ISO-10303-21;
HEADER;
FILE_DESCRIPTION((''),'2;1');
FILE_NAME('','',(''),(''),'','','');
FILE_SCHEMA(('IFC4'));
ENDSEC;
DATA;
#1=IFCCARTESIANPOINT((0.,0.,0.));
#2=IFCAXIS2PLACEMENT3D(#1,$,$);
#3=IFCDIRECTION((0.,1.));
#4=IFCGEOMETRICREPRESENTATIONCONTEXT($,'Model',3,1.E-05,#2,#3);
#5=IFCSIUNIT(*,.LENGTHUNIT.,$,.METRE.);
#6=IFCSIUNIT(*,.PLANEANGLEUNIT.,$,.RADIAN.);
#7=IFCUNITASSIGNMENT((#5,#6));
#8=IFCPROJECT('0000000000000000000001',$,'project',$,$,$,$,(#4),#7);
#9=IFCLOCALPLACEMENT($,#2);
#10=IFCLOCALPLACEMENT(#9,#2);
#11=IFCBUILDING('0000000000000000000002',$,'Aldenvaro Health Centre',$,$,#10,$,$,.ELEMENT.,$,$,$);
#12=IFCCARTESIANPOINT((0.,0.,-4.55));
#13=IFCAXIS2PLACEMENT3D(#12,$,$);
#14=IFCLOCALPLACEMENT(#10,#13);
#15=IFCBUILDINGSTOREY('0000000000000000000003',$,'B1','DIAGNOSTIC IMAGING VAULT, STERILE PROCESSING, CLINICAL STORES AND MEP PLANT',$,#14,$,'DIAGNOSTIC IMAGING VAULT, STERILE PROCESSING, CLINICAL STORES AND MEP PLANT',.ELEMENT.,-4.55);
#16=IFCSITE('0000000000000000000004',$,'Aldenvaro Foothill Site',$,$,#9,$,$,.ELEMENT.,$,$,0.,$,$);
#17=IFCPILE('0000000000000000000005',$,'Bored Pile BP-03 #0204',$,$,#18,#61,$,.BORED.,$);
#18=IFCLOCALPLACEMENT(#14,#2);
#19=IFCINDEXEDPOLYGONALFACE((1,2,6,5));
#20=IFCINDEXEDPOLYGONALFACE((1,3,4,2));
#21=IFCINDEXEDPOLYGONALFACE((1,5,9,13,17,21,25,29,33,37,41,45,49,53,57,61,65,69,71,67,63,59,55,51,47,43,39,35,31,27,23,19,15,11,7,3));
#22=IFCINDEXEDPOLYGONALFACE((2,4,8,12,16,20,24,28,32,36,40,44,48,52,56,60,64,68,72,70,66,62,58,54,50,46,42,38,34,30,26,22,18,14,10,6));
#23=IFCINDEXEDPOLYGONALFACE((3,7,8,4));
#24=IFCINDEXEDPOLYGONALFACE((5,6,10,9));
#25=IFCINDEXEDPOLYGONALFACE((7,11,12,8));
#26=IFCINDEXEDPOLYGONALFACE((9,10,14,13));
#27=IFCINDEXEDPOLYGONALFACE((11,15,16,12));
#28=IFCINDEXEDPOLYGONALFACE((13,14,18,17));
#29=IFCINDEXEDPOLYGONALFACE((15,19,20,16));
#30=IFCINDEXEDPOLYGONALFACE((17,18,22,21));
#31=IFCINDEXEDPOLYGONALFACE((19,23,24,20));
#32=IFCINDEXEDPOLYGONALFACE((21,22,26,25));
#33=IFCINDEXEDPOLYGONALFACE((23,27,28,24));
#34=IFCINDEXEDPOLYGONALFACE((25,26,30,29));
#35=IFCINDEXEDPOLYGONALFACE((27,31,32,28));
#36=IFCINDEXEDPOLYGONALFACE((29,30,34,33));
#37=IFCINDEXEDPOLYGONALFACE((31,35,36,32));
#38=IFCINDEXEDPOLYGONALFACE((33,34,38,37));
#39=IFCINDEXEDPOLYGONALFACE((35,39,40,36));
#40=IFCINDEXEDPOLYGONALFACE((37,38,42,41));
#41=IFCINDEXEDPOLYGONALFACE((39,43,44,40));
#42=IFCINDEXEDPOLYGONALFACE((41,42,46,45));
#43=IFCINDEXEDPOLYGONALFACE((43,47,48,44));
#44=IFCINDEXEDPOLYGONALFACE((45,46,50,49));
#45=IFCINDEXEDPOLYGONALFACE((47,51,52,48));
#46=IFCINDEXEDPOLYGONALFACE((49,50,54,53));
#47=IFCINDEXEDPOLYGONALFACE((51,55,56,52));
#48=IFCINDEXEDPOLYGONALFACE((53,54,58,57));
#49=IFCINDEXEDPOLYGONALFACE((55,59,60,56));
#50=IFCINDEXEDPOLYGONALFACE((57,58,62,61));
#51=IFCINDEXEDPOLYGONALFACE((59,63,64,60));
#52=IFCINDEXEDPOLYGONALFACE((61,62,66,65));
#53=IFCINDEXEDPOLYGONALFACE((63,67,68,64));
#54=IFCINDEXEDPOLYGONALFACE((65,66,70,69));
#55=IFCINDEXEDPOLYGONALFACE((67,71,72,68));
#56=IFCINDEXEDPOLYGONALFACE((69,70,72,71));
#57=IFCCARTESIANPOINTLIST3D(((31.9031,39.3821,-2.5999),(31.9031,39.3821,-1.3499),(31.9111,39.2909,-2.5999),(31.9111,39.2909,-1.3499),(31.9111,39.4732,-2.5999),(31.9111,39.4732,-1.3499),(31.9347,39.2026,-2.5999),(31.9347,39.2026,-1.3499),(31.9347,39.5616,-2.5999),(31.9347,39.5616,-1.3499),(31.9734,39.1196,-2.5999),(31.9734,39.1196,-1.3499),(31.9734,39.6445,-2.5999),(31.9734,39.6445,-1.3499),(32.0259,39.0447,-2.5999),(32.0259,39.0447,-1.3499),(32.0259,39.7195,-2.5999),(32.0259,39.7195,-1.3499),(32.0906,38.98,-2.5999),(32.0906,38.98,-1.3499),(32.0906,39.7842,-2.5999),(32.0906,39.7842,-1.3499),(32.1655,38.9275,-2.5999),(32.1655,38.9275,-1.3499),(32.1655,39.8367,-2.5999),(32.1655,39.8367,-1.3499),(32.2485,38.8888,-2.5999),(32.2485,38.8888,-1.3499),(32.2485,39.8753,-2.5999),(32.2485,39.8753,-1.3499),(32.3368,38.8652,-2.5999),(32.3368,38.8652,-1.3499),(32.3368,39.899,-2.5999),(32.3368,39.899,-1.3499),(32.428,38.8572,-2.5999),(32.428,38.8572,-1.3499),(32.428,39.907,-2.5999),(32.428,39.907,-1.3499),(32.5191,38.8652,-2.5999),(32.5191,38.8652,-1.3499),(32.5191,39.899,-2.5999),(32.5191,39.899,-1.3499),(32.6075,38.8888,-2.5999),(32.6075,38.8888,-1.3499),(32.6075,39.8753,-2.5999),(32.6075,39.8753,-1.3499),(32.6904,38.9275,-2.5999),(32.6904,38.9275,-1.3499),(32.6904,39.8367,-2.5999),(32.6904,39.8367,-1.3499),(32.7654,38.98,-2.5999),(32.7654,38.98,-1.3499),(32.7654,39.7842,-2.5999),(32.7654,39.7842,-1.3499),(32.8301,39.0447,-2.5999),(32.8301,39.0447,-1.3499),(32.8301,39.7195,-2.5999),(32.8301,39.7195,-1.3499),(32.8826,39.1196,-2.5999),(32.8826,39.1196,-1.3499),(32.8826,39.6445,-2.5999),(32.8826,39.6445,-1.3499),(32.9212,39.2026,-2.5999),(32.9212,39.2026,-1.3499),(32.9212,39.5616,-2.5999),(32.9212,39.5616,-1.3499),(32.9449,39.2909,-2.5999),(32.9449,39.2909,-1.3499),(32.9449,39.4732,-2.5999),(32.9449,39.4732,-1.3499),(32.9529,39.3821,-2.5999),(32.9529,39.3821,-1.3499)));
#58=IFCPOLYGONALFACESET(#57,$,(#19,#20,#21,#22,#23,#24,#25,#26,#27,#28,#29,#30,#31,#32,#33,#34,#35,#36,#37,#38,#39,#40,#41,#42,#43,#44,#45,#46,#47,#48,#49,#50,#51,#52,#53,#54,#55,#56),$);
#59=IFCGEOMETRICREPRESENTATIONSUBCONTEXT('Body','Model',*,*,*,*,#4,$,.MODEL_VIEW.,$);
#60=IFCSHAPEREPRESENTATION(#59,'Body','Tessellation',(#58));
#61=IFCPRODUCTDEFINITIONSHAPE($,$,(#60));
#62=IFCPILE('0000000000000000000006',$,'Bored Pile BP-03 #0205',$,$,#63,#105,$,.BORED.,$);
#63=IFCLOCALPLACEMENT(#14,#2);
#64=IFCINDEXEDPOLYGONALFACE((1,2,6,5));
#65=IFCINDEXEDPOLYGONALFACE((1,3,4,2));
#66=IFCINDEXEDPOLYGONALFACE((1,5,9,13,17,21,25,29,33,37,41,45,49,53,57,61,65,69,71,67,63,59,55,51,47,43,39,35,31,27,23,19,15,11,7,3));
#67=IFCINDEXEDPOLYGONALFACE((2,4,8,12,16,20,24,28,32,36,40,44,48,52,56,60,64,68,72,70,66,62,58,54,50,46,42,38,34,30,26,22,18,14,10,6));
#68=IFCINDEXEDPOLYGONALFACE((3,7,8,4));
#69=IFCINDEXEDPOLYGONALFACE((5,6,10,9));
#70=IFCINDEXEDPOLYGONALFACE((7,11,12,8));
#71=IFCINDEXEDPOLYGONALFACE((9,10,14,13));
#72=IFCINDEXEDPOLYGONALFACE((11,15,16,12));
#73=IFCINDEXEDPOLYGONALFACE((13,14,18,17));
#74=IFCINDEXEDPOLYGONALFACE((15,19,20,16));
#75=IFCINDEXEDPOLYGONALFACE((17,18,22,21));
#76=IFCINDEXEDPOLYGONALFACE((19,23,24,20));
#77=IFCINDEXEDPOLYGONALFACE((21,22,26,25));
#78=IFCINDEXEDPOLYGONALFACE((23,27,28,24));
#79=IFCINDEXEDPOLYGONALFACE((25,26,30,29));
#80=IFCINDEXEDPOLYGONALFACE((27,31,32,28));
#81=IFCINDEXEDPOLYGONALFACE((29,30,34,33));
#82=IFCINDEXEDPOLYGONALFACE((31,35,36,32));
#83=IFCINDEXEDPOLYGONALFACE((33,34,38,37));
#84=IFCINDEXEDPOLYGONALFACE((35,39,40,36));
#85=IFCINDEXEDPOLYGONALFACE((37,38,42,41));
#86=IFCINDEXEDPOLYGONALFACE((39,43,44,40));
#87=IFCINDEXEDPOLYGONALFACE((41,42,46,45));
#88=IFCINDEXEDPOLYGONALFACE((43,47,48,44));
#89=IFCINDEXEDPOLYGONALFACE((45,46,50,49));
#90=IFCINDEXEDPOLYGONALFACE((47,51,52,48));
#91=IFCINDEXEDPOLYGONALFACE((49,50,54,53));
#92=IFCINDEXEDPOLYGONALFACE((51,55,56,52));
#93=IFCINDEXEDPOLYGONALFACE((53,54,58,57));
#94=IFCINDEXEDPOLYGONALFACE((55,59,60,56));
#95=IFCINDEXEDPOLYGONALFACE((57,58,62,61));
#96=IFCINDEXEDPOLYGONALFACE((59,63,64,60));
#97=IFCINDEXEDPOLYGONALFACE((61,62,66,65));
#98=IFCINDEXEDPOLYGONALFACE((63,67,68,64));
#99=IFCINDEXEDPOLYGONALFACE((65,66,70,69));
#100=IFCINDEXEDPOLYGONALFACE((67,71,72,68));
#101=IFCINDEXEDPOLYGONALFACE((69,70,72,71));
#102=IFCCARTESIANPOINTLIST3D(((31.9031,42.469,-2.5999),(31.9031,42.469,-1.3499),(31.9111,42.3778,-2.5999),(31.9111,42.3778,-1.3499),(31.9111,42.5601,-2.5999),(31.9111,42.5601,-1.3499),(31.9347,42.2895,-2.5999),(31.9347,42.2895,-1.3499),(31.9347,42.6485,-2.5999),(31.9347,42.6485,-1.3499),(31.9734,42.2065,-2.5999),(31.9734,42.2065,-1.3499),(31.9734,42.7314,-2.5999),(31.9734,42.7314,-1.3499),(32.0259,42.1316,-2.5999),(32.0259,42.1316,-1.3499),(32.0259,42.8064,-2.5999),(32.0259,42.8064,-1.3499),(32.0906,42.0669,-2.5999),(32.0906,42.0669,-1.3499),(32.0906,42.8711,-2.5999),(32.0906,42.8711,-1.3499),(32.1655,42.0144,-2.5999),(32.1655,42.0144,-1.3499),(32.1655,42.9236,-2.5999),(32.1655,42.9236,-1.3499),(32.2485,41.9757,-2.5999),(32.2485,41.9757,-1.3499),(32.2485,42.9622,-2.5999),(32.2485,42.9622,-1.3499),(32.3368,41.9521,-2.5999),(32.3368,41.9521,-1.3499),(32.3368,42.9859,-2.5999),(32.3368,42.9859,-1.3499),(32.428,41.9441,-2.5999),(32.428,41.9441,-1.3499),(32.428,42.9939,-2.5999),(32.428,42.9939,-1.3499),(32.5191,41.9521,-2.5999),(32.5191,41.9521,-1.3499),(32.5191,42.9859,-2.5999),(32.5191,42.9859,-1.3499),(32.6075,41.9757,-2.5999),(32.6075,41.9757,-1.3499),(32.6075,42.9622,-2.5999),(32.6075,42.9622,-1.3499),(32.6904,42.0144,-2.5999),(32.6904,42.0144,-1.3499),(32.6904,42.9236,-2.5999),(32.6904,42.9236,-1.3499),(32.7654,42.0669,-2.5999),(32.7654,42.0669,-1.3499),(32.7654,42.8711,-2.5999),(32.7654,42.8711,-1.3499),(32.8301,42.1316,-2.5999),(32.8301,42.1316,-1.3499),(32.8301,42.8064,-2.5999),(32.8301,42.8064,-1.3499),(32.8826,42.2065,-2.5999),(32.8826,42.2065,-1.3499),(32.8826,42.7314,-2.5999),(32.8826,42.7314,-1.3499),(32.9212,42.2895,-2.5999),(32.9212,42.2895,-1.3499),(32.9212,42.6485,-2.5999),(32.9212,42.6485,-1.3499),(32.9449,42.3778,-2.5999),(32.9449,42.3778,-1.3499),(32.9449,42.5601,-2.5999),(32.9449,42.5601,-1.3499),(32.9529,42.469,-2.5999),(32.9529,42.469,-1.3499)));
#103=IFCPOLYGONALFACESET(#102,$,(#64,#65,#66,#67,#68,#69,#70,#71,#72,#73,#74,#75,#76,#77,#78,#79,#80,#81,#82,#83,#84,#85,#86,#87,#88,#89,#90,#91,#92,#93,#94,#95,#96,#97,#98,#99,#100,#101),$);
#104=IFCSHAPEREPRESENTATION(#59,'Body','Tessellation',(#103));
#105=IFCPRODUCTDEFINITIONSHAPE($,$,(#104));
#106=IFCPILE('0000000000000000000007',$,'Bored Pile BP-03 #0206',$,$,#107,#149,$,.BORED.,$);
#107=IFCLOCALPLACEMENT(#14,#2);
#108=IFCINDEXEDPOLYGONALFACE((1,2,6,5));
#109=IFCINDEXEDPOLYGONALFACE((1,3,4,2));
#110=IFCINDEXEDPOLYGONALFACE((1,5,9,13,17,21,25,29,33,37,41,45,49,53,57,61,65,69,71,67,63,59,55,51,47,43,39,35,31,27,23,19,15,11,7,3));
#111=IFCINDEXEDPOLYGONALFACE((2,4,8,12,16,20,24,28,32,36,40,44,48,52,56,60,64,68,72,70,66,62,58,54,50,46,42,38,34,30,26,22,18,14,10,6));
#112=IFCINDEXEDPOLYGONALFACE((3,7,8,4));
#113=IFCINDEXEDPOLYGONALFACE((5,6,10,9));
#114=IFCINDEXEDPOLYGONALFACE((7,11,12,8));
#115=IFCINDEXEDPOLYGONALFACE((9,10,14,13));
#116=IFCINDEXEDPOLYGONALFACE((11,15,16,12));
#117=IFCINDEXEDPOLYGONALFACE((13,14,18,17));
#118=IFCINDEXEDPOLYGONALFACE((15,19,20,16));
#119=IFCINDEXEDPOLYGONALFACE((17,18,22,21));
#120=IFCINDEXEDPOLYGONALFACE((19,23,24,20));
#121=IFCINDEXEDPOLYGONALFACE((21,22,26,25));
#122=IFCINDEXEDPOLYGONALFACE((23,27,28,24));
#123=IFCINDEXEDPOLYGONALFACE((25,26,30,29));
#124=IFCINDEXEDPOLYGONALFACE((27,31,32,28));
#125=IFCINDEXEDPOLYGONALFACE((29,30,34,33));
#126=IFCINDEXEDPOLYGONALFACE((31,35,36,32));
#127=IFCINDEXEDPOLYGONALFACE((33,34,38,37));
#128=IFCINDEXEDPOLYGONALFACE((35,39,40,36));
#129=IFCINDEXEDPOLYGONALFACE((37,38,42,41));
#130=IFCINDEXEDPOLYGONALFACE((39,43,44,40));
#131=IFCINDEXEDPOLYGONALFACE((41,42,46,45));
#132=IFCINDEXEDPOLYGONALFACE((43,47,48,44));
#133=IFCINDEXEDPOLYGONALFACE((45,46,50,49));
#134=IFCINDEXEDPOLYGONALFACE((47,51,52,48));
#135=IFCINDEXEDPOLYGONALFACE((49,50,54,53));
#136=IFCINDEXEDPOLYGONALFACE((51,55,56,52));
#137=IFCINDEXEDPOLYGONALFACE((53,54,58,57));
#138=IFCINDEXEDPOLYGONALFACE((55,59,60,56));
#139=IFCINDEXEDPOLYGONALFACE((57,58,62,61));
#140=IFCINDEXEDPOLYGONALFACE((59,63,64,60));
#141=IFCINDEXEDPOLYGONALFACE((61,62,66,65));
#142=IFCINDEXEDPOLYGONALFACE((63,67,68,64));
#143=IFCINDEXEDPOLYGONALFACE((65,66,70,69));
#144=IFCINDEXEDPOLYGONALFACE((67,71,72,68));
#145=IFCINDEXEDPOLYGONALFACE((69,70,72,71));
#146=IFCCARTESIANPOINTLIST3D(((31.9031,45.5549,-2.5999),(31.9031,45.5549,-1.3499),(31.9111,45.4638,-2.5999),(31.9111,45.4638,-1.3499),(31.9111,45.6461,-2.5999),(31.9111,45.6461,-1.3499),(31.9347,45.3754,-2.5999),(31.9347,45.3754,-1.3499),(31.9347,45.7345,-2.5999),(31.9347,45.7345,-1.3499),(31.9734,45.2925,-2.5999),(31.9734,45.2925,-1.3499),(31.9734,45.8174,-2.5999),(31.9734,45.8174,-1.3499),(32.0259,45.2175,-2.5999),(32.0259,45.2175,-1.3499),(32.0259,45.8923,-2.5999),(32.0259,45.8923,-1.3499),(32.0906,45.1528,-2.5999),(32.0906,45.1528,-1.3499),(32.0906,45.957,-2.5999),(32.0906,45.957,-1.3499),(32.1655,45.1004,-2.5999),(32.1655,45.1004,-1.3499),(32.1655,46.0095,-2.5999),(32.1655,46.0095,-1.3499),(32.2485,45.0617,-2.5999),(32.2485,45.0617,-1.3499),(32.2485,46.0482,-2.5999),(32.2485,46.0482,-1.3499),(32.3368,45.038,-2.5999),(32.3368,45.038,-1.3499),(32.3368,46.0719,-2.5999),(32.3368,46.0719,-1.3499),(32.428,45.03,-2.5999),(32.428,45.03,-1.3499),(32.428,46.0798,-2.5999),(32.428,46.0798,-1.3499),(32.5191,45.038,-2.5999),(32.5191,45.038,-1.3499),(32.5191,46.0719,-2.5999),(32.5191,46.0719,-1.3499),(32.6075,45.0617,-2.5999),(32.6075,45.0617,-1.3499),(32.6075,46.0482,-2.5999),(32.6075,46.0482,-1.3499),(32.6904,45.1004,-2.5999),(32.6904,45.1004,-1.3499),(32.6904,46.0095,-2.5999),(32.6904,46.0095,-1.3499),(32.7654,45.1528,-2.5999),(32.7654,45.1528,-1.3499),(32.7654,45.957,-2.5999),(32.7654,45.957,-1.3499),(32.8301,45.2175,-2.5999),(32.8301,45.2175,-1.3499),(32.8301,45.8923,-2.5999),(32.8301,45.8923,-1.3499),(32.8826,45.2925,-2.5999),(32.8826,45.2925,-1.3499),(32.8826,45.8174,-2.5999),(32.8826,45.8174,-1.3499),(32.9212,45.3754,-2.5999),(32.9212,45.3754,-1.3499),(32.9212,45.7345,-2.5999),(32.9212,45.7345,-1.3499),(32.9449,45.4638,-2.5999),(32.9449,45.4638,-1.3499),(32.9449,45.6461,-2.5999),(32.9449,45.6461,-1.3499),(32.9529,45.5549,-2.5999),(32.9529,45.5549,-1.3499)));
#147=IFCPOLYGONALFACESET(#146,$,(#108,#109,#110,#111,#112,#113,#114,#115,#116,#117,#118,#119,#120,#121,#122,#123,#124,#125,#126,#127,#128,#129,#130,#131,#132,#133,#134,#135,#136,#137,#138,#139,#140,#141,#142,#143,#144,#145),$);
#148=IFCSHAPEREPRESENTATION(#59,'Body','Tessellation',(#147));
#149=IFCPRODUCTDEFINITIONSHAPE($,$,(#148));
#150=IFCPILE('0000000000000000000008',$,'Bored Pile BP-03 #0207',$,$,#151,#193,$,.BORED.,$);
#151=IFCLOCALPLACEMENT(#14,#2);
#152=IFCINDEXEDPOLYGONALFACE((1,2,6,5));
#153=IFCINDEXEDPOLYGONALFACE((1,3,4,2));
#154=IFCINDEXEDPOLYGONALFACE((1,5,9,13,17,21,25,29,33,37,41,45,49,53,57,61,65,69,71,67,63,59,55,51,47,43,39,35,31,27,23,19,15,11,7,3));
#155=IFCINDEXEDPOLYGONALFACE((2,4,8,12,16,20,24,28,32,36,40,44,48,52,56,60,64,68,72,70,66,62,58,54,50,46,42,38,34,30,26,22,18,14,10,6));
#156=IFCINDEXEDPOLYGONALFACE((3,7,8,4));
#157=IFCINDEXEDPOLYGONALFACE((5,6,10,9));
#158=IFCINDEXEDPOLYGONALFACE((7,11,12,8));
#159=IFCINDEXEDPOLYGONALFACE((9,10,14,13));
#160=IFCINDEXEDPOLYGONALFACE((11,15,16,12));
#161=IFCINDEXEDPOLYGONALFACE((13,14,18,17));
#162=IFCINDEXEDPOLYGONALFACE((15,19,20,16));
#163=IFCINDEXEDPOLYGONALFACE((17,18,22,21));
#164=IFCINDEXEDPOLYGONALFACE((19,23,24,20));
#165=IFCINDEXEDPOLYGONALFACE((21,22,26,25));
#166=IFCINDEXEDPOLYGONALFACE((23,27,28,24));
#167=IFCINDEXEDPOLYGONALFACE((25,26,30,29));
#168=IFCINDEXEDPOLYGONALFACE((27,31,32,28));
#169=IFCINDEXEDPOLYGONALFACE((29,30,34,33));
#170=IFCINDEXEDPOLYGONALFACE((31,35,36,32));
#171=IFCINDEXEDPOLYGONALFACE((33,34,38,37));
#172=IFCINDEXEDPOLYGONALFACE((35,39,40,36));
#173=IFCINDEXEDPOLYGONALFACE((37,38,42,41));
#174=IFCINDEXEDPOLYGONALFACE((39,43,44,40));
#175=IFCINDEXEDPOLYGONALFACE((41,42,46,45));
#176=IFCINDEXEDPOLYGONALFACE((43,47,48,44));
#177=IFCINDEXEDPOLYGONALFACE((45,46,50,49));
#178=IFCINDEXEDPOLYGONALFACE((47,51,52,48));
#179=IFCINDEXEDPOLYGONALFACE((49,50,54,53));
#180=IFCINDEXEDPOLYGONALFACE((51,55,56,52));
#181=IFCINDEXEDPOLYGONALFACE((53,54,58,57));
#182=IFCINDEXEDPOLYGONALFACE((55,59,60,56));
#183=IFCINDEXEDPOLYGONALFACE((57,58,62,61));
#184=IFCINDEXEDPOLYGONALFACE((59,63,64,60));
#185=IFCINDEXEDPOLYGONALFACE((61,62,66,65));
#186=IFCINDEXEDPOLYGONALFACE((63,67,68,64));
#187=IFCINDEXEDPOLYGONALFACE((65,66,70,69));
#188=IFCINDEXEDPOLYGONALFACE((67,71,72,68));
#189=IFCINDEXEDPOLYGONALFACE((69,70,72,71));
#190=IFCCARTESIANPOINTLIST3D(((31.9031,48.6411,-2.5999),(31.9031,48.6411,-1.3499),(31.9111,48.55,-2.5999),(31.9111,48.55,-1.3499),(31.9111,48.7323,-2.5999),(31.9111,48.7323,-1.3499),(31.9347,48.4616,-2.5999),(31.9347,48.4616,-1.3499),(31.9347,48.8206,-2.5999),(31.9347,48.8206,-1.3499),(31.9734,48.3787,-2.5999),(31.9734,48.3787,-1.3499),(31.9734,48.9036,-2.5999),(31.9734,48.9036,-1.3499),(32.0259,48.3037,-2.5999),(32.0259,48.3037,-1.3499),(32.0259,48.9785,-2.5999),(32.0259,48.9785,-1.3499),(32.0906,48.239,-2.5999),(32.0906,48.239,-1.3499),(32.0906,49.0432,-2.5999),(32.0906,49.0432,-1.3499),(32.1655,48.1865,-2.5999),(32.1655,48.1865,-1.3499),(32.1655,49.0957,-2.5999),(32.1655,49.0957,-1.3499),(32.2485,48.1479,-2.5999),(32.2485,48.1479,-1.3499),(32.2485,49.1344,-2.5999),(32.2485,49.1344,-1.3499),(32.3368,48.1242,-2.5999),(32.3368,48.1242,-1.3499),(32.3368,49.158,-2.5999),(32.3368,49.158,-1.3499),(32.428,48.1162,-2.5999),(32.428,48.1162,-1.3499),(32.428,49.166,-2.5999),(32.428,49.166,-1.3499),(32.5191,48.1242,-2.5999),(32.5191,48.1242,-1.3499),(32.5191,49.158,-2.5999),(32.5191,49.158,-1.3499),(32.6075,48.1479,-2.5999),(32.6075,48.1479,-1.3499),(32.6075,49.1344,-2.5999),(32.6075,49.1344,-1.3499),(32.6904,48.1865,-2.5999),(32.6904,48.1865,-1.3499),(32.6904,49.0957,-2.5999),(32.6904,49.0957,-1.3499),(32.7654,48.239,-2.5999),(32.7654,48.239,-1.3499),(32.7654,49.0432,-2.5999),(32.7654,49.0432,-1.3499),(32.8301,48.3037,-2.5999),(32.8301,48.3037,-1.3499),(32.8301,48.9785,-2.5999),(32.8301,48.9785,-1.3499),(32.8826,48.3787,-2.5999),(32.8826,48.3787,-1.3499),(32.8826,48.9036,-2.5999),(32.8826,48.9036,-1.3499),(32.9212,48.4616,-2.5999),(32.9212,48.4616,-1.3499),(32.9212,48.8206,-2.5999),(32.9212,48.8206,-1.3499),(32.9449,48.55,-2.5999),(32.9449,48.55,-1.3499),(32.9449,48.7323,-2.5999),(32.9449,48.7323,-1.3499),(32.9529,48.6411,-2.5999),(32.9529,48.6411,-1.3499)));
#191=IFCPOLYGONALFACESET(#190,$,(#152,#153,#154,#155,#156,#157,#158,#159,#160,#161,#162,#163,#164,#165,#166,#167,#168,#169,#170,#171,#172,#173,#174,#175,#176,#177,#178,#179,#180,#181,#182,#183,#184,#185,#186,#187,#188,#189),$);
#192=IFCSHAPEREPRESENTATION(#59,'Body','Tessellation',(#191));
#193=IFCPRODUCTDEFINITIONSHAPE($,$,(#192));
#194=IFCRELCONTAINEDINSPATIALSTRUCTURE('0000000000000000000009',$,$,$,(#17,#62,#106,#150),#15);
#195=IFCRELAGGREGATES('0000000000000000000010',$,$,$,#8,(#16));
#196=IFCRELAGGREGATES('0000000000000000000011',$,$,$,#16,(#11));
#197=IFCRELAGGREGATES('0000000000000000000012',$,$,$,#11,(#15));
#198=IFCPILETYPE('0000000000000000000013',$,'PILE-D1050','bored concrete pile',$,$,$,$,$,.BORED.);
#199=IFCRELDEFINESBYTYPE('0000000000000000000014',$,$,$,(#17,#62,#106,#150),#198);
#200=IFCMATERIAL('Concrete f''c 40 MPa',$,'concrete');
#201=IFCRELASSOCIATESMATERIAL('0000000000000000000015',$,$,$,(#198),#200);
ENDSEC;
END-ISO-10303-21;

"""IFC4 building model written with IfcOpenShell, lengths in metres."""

from ifc_helpers import new_model, si_unit, direction, frame, origin, origin_2d, place, context, subcontext, project, spatial, circle, extrude, material, material_profile, profile_set, type_object, element, save


model = new_model("IFC4")

# Units and contexts
model_context = context("Model", 3, precision=1e-05, world=origin(), true_north=direction((0.0, 1.0)))
body_context = subcontext(model_context, "Body", "Model", "MODEL_VIEW")
ifc_project = project(units=[si_unit("LENGTHUNIT", "METRE"), si_unit("PLANEANGLEUNIT", "RADIAN")], contexts=[model_context])

# Site, building, storey
site_placement = place(None, origin())
site = spatial("IfcSite", under=ifc_project, at=site_placement, Name="Aldenvaro Foothill Site", CompositionType="ELEMENT", RefElevation=0.0)
building_placement = place(site_placement, origin())
building = spatial("IfcBuilding", under=site, at=building_placement, Name="Aldenvaro Health Centre", CompositionType="ELEMENT")
storey_placement = place(building_placement, frame((0.0, 0.0, -4.55)))
storey = spatial("IfcBuildingStorey", under=building, at=storey_placement, Name="B1", Description="DIAGNOSTIC IMAGING VAULT, STERILE PROCESSING, CLINICAL STORES AND MEP PLANT", LongName="DIAGNOSTIC IMAGING VAULT, STERILE PROCESSING, CLINICAL STORES AND MEP PLANT", CompositionType="ELEMENT", Elevation=-4.55)

# Piles
ifc_material_1 = material(Name="Concrete f'c 40 MPa", Category="concrete")
ifc_material_profile_1 = material_profile(ifc_material_1, circle(Radius=0.5249, at=origin_2d()), Name="PILE D1050", Category="concrete")
ifc_profile_set_1 = profile_set([ifc_material_profile_1], Name="Concrete f'c 40 MPa")
pile_type = type_object("IfcPileType", Name="PILE-D1050", Description="bored concrete pile", PredefinedType="BORED", material=ifc_profile_set_1)
for number, where, z_axis, x_axis, name in (
    (1, (32.428, 39.3821, -1.3499), (0.0, 0.0, -1.0), (1.0, 0.0, 0.0), "Bored Pile BP-03 #0204"),
    (2, (32.428, 42.469, -1.3499), (0.0, 0.0, -1.0), (1.0, 0.0, 0.0), "Bored Pile BP-03 #0205"),
    (3, (32.428, 45.5549, -1.3499), (0.0, 0.0, -1.0), (1.0, 0.0, 0.0), "Bored Pile BP-03 #0206"),
    (4, (32.428, 48.6411, -1.3499), (0.0, 0.0, -1.0), (1.0, 0.0, 0.0), "Bored Pile BP-03 #0207"),
):
    element("IfcPile", number, at=place(storey_placement, frame(where, z_axis=z_axis, x_axis=x_axis)), inside=storey, type_object=pile_type, Name=name, PredefinedType="BORED", context=body_context, shape_type="SweptSolid", body=[
        extrude(circle(Radius=0.5249, at=origin_2d()), origin(), (0.0, 0.0, 1.0), 1.25),
    ])

save(model, "model.ifc")
